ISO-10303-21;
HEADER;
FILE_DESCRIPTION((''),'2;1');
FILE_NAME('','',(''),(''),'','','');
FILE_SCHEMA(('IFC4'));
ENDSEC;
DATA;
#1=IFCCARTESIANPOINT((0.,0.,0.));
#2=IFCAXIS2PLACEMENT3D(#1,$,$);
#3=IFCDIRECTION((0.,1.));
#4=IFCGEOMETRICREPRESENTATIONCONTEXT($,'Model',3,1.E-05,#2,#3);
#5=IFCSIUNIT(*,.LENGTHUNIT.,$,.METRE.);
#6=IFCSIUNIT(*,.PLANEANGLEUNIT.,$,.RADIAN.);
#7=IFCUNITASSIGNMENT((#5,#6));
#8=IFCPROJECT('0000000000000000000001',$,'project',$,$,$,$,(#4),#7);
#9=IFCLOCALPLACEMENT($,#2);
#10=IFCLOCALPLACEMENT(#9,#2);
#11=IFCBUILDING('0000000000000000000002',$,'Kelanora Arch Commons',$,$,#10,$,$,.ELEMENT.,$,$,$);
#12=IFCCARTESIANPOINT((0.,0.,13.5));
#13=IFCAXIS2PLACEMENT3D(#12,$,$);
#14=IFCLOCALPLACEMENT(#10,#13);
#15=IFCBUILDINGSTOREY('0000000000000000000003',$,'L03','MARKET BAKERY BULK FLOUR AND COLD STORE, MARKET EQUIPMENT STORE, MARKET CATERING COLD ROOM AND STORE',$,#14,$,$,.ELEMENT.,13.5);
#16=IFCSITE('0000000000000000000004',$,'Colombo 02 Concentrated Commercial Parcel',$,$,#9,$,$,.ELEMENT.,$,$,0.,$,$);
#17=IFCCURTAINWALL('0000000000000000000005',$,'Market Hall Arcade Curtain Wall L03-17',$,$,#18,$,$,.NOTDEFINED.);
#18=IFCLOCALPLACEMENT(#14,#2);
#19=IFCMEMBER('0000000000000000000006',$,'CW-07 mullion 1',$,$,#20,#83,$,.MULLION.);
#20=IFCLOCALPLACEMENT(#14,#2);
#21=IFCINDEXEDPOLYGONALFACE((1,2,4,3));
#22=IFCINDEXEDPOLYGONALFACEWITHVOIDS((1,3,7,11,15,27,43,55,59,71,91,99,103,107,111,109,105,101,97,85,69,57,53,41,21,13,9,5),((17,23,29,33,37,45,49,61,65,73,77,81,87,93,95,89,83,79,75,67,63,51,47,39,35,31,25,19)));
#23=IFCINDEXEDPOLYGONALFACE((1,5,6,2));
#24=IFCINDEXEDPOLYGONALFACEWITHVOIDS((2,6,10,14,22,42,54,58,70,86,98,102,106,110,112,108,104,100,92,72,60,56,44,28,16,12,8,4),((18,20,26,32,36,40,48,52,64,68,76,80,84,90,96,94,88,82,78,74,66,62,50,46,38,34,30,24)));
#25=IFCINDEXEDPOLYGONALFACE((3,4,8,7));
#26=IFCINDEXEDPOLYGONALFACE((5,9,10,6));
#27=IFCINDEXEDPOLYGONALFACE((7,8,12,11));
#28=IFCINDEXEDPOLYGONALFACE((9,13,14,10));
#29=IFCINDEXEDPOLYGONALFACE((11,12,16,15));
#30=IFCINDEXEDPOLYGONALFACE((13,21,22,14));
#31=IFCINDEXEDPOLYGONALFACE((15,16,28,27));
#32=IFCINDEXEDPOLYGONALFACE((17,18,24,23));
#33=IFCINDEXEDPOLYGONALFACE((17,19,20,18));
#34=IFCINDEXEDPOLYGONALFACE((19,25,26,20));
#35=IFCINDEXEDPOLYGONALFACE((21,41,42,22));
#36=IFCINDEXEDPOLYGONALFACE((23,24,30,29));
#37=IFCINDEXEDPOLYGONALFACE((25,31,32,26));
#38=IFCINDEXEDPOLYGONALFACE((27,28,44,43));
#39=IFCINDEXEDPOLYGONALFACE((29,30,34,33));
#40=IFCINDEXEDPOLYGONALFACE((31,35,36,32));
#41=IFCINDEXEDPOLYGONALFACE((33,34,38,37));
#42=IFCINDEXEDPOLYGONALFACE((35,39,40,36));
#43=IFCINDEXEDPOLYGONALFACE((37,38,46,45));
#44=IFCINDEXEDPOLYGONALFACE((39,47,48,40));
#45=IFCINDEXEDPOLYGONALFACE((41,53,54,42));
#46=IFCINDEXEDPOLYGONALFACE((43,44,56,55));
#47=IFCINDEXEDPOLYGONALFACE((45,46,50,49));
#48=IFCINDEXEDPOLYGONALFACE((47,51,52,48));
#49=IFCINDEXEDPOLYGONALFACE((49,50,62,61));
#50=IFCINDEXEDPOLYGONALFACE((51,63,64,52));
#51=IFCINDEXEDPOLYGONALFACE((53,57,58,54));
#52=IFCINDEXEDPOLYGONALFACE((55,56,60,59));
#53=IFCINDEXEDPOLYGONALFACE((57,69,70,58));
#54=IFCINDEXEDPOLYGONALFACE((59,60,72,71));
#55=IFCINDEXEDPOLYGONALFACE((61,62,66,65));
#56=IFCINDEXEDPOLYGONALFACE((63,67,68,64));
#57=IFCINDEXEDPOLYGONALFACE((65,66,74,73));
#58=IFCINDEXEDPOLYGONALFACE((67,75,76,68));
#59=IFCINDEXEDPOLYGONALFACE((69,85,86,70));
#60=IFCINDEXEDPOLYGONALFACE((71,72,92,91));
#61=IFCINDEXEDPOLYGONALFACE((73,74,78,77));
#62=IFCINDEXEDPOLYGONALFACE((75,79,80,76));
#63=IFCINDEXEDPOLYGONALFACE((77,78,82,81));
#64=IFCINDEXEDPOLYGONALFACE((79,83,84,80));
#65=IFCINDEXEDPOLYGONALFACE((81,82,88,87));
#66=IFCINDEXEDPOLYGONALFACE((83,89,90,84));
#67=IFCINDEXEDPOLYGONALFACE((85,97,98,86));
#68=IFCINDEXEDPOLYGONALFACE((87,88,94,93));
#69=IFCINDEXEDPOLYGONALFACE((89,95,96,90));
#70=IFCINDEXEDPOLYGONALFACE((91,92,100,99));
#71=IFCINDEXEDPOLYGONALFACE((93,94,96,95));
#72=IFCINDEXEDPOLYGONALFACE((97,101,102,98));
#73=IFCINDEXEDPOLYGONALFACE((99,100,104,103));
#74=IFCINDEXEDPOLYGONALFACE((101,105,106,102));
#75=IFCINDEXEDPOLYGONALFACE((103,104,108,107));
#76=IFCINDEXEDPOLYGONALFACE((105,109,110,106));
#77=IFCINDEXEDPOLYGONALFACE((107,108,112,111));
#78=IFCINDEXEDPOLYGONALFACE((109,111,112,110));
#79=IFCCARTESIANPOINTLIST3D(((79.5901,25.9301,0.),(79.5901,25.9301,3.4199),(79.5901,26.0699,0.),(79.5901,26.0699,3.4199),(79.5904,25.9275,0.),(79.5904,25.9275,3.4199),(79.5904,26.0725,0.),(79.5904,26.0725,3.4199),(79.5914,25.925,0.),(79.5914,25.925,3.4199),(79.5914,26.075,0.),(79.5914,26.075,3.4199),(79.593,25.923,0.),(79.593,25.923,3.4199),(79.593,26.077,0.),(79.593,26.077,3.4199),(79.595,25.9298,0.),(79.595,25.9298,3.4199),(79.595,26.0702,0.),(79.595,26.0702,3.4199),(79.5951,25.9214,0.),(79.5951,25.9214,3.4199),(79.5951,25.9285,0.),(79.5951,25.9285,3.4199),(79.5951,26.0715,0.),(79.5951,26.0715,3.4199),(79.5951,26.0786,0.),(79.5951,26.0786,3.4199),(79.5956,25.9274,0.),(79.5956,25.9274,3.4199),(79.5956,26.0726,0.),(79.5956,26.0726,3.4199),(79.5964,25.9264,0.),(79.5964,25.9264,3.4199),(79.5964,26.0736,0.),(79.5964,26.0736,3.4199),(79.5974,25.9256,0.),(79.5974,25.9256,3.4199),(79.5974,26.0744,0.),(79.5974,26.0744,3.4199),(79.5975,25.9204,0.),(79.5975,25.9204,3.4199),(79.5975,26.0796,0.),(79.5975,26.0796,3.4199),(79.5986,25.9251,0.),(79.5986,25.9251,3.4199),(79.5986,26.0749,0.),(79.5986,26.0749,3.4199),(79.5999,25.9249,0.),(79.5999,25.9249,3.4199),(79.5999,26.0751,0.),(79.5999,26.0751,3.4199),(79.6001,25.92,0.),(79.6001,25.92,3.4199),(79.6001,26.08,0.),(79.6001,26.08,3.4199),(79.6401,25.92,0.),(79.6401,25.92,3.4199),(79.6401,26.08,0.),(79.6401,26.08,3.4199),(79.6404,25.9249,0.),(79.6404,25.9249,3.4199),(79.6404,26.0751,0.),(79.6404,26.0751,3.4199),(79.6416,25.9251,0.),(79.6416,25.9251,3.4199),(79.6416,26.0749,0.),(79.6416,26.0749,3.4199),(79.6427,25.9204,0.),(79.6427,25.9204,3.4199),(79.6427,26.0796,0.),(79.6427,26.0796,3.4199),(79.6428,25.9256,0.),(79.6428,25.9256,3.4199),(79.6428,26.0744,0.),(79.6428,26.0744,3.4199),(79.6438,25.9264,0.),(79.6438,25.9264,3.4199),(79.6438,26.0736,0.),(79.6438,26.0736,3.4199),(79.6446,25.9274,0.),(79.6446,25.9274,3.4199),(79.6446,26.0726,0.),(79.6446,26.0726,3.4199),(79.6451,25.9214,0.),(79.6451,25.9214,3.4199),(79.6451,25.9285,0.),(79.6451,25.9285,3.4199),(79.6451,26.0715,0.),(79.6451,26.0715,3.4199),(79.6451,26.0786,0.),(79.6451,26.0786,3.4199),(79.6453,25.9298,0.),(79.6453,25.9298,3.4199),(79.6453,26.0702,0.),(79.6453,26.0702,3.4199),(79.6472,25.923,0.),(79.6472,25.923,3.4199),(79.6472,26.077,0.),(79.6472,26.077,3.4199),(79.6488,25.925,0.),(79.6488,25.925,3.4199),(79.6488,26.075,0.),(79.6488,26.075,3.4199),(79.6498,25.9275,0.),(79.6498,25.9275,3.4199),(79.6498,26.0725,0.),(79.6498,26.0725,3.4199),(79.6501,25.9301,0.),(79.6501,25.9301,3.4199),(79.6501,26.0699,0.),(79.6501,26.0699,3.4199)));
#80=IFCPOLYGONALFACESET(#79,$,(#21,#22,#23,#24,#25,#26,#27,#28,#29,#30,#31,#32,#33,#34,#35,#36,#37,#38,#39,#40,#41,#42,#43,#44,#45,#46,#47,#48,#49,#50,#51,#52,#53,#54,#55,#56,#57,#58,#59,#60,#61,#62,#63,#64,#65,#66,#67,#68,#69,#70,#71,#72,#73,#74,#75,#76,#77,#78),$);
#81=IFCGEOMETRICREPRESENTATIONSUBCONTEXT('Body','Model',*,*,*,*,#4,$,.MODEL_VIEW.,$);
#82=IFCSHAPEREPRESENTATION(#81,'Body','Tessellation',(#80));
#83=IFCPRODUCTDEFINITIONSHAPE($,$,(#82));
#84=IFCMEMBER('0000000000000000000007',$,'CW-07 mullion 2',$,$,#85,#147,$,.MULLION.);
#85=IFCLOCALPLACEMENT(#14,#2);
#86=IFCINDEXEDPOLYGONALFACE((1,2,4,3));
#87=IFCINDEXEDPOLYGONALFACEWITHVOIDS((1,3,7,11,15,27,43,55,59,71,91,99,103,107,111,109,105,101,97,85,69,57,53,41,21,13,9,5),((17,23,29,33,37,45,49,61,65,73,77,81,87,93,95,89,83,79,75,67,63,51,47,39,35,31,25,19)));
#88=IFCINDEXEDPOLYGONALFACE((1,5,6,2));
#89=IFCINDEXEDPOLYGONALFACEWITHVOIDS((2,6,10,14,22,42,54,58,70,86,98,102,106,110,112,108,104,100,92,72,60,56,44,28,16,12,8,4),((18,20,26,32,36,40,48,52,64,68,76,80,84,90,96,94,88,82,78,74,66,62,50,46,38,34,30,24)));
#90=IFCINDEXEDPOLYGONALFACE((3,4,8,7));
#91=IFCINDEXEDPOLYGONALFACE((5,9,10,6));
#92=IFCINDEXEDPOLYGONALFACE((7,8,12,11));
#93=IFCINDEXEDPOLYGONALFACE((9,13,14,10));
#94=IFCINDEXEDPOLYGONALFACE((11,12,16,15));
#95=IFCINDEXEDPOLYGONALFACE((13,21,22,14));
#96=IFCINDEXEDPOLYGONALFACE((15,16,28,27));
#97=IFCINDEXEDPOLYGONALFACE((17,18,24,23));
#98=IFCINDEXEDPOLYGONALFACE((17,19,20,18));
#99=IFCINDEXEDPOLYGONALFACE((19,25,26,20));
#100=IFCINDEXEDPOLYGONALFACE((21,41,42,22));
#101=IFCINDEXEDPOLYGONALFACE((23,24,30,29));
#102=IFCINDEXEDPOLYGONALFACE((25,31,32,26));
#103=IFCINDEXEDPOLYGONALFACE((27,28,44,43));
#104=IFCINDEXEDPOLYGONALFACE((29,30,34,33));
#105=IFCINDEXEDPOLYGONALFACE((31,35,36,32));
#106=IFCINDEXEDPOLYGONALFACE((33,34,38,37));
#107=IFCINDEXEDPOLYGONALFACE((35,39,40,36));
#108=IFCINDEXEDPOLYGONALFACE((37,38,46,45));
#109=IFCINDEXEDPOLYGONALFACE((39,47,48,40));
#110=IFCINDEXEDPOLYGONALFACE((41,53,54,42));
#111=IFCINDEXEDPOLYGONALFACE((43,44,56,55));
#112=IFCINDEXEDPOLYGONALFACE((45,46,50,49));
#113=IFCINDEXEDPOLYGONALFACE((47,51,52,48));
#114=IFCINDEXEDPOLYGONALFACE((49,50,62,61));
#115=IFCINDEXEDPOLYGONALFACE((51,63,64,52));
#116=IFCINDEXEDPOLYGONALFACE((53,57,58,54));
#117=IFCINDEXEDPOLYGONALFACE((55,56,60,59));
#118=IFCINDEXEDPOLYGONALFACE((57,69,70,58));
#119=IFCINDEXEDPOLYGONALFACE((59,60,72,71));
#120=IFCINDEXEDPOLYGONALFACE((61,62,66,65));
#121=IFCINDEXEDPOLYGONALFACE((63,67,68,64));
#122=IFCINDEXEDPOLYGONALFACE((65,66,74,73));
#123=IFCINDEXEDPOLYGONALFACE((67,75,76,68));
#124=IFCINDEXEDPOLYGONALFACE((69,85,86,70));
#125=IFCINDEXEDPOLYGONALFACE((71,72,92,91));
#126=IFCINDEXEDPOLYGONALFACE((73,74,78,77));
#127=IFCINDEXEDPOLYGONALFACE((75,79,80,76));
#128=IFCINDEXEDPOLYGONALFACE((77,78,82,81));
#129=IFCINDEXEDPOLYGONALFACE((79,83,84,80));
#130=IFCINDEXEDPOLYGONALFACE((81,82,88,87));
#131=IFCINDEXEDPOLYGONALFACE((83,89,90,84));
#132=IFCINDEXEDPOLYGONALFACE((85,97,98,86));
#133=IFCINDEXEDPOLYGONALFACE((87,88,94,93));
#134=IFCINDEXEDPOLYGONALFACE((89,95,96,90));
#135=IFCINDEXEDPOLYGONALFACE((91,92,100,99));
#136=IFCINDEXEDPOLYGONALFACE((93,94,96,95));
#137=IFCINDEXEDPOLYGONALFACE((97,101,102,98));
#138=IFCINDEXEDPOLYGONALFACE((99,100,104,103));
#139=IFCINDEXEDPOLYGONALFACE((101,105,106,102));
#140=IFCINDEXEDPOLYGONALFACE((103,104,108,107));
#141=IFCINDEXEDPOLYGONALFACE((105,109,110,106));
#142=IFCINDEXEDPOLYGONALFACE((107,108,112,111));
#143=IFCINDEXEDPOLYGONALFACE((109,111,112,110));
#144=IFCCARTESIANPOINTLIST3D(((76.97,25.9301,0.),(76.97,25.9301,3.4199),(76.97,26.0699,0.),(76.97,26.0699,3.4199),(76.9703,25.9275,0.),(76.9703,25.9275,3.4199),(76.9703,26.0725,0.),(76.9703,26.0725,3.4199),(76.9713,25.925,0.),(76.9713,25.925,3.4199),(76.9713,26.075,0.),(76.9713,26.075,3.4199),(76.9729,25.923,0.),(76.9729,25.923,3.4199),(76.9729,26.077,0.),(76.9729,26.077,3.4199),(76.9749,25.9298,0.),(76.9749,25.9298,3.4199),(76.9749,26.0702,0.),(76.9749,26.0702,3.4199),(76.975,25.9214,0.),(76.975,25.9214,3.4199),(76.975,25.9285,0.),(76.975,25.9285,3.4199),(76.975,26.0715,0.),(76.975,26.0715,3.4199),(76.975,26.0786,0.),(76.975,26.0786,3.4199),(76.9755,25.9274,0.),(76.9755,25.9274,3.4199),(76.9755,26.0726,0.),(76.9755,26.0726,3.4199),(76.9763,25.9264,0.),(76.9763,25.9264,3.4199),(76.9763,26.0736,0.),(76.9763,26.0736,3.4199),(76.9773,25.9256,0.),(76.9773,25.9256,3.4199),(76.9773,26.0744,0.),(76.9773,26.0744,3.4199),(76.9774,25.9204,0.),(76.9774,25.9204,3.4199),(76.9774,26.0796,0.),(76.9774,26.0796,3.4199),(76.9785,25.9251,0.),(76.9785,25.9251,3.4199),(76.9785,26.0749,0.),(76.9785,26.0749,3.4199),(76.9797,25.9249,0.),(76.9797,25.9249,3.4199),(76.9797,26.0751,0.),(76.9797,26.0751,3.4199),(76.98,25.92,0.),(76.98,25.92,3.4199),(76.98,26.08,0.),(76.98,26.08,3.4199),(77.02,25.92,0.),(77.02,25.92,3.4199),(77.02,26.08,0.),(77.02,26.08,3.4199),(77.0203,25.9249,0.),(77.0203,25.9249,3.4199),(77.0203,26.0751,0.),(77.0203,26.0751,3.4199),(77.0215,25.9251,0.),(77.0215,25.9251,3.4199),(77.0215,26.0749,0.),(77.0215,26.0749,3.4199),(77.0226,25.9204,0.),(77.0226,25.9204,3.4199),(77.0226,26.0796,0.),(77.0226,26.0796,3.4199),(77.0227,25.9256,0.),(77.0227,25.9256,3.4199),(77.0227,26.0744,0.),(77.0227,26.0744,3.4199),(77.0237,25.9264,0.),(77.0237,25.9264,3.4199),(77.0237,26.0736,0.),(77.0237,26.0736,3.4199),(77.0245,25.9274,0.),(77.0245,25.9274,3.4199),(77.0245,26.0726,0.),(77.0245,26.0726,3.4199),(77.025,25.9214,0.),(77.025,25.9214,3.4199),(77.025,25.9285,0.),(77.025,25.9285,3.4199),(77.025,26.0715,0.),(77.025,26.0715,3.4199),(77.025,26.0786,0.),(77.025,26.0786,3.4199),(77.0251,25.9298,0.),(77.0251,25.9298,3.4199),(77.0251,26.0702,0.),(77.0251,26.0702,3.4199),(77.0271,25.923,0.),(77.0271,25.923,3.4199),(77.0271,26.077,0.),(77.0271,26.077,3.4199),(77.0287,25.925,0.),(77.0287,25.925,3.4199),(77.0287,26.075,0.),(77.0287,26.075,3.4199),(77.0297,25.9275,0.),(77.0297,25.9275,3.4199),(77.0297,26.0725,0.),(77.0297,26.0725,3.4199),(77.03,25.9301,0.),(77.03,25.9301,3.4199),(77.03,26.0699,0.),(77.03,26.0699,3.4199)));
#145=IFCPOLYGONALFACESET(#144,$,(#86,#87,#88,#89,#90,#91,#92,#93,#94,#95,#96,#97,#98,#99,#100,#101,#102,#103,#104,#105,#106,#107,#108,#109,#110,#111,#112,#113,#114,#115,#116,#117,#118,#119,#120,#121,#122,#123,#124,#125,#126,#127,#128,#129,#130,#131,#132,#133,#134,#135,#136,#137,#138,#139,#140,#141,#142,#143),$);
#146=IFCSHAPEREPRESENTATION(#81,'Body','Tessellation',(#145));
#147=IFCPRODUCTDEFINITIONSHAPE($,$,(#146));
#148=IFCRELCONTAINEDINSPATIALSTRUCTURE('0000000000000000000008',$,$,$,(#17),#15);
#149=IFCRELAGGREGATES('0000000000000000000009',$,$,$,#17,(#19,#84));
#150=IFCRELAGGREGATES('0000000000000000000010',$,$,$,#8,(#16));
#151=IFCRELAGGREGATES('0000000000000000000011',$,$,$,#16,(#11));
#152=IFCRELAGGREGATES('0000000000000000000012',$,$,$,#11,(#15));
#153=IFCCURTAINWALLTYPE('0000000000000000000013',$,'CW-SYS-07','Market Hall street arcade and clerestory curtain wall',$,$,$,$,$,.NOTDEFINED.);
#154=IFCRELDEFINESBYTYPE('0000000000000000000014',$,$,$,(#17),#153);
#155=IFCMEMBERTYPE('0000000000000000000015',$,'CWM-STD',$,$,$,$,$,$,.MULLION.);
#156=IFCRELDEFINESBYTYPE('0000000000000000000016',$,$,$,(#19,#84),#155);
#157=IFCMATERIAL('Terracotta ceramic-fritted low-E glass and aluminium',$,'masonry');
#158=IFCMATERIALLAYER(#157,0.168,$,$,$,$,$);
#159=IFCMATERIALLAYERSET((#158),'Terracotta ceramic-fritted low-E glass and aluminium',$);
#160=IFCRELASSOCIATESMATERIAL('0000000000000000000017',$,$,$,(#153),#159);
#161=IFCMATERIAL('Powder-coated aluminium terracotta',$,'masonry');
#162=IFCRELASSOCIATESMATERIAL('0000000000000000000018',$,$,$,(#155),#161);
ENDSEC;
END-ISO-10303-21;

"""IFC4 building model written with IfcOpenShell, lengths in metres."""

from ifc_helpers import new_model, si_unit, direction, frame, origin, origin_2d, place, context, subcontext, project, spatial, hollow_rectangle, extrude, material, layer, layer_set, material_profile, profile_set, type_object, element, aggregate, save


model = new_model("IFC4")

# Units and contexts
model_context = context("Model", 3, precision=1e-05, world=origin(), true_north=direction((0.0, 1.0)))
body_context = subcontext(model_context, "Body", "Model", "MODEL_VIEW")
ifc_project = project(units=[si_unit("LENGTHUNIT", "METRE"), si_unit("PLANEANGLEUNIT", "RADIAN")], contexts=[model_context])

# Site, building, storey
site_placement = place(None, origin())
site = spatial("IfcSite", under=ifc_project, at=site_placement, Name="Colombo 02 Concentrated Commercial Parcel", CompositionType="ELEMENT", RefElevation=0.0)
building_placement = place(site_placement, origin())
building = spatial("IfcBuilding", under=site, at=building_placement, Name="Kelanora Arch Commons", CompositionType="ELEMENT")
storey_placement = place(building_placement, frame((0.0, 0.0, 13.5)))
storey = spatial("IfcBuildingStorey", under=building, at=storey_placement, Name="L03", Description="MARKET BAKERY BULK FLOUR AND COLD STORE, MARKET EQUIPMENT STORE, MARKET CATERING COLD ROOM AND STORE", CompositionType="ELEMENT", Elevation=13.5)

# Curtain wall, members
ifc_material_1 = material(Name="Terracotta ceramic-fritted low-E glass and aluminium", Category="masonry")
ifc_layer_1 = layer(ifc_material_1, 0.168)
ifc_layer_set_1 = layer_set([ifc_layer_1], Name="Terracotta ceramic-fritted low-E glass and aluminium")
curtain_wall_type = type_object("IfcCurtainWallType", Name="CW-SYS-07", Description="Market Hall street arcade and clerestory curtain wall", PredefinedType="NOTDEFINED", material=ifc_layer_set_1)
curtain_wall_placement = place(storey_placement, origin())
curtain_wall = element("IfcCurtainWall", 1, at=curtain_wall_placement, inside=storey, type_object=curtain_wall_type, Name="Market Hall Arcade Curtain Wall L03-17", PredefinedType="NOTDEFINED")
ifc_material_2 = material(Name="Powder-coated aluminium terracotta", Category="masonry")
ifc_material_profile_1 = material_profile(ifc_material_2, hollow_rectangle(XDim=0.1599, YDim=0.0601, WallThickness=0.0049, InnerFilletRadius=0.0049, OuterFilletRadius=0.01, at=origin_2d()), Name="CWM160x60")
ifc_profile_set_1 = profile_set([ifc_material_profile_1], Name="Powder-coated aluminium terracotta")
member_type_1 = type_object("IfcMemberType", Name="CWM-STD", PredefinedType="MULLION", material=ifc_profile_set_1)
member_1_placement = place(storey_placement, frame((79.6201, 26.0, 0.0), z_axis=(0.0, 0.0, 1.0), x_axis=(0.0, -1.0, 0.0)))
member_1 = element("IfcMember", 2, at=member_1_placement, type_object=member_type_1, Name="CW-07 mullion 1", PredefinedType="MULLION", context=body_context, shape_type="SweptSolid", body=[
    extrude(hollow_rectangle(XDim=0.1599, YDim=0.0601, WallThickness=0.0049, InnerFilletRadius=0.0049, OuterFilletRadius=0.01, at=origin_2d()), origin(), (0.0, 0.0, 1.0), 3.4199),
])
member_2_placement = place(storey_placement, frame((77.0, 26.0, 0.0), z_axis=(0.0, 0.0, 1.0), x_axis=(0.0, -1.0, 0.0)))
member_2 = element("IfcMember", 3, at=member_2_placement, type_object=member_type_1, Name="CW-07 mullion 2", PredefinedType="MULLION", context=body_context, shape_type="SweptSolid", body=[
    extrude(hollow_rectangle(XDim=0.1599, YDim=0.0601, WallThickness=0.0049, InnerFilletRadius=0.0049, OuterFilletRadius=0.01, at=origin_2d()), origin(), (0.0, 0.0, 1.0), 3.4199),
])
aggregate(curtain_wall, [member_1, member_2])

save(model, "model.ifc")
